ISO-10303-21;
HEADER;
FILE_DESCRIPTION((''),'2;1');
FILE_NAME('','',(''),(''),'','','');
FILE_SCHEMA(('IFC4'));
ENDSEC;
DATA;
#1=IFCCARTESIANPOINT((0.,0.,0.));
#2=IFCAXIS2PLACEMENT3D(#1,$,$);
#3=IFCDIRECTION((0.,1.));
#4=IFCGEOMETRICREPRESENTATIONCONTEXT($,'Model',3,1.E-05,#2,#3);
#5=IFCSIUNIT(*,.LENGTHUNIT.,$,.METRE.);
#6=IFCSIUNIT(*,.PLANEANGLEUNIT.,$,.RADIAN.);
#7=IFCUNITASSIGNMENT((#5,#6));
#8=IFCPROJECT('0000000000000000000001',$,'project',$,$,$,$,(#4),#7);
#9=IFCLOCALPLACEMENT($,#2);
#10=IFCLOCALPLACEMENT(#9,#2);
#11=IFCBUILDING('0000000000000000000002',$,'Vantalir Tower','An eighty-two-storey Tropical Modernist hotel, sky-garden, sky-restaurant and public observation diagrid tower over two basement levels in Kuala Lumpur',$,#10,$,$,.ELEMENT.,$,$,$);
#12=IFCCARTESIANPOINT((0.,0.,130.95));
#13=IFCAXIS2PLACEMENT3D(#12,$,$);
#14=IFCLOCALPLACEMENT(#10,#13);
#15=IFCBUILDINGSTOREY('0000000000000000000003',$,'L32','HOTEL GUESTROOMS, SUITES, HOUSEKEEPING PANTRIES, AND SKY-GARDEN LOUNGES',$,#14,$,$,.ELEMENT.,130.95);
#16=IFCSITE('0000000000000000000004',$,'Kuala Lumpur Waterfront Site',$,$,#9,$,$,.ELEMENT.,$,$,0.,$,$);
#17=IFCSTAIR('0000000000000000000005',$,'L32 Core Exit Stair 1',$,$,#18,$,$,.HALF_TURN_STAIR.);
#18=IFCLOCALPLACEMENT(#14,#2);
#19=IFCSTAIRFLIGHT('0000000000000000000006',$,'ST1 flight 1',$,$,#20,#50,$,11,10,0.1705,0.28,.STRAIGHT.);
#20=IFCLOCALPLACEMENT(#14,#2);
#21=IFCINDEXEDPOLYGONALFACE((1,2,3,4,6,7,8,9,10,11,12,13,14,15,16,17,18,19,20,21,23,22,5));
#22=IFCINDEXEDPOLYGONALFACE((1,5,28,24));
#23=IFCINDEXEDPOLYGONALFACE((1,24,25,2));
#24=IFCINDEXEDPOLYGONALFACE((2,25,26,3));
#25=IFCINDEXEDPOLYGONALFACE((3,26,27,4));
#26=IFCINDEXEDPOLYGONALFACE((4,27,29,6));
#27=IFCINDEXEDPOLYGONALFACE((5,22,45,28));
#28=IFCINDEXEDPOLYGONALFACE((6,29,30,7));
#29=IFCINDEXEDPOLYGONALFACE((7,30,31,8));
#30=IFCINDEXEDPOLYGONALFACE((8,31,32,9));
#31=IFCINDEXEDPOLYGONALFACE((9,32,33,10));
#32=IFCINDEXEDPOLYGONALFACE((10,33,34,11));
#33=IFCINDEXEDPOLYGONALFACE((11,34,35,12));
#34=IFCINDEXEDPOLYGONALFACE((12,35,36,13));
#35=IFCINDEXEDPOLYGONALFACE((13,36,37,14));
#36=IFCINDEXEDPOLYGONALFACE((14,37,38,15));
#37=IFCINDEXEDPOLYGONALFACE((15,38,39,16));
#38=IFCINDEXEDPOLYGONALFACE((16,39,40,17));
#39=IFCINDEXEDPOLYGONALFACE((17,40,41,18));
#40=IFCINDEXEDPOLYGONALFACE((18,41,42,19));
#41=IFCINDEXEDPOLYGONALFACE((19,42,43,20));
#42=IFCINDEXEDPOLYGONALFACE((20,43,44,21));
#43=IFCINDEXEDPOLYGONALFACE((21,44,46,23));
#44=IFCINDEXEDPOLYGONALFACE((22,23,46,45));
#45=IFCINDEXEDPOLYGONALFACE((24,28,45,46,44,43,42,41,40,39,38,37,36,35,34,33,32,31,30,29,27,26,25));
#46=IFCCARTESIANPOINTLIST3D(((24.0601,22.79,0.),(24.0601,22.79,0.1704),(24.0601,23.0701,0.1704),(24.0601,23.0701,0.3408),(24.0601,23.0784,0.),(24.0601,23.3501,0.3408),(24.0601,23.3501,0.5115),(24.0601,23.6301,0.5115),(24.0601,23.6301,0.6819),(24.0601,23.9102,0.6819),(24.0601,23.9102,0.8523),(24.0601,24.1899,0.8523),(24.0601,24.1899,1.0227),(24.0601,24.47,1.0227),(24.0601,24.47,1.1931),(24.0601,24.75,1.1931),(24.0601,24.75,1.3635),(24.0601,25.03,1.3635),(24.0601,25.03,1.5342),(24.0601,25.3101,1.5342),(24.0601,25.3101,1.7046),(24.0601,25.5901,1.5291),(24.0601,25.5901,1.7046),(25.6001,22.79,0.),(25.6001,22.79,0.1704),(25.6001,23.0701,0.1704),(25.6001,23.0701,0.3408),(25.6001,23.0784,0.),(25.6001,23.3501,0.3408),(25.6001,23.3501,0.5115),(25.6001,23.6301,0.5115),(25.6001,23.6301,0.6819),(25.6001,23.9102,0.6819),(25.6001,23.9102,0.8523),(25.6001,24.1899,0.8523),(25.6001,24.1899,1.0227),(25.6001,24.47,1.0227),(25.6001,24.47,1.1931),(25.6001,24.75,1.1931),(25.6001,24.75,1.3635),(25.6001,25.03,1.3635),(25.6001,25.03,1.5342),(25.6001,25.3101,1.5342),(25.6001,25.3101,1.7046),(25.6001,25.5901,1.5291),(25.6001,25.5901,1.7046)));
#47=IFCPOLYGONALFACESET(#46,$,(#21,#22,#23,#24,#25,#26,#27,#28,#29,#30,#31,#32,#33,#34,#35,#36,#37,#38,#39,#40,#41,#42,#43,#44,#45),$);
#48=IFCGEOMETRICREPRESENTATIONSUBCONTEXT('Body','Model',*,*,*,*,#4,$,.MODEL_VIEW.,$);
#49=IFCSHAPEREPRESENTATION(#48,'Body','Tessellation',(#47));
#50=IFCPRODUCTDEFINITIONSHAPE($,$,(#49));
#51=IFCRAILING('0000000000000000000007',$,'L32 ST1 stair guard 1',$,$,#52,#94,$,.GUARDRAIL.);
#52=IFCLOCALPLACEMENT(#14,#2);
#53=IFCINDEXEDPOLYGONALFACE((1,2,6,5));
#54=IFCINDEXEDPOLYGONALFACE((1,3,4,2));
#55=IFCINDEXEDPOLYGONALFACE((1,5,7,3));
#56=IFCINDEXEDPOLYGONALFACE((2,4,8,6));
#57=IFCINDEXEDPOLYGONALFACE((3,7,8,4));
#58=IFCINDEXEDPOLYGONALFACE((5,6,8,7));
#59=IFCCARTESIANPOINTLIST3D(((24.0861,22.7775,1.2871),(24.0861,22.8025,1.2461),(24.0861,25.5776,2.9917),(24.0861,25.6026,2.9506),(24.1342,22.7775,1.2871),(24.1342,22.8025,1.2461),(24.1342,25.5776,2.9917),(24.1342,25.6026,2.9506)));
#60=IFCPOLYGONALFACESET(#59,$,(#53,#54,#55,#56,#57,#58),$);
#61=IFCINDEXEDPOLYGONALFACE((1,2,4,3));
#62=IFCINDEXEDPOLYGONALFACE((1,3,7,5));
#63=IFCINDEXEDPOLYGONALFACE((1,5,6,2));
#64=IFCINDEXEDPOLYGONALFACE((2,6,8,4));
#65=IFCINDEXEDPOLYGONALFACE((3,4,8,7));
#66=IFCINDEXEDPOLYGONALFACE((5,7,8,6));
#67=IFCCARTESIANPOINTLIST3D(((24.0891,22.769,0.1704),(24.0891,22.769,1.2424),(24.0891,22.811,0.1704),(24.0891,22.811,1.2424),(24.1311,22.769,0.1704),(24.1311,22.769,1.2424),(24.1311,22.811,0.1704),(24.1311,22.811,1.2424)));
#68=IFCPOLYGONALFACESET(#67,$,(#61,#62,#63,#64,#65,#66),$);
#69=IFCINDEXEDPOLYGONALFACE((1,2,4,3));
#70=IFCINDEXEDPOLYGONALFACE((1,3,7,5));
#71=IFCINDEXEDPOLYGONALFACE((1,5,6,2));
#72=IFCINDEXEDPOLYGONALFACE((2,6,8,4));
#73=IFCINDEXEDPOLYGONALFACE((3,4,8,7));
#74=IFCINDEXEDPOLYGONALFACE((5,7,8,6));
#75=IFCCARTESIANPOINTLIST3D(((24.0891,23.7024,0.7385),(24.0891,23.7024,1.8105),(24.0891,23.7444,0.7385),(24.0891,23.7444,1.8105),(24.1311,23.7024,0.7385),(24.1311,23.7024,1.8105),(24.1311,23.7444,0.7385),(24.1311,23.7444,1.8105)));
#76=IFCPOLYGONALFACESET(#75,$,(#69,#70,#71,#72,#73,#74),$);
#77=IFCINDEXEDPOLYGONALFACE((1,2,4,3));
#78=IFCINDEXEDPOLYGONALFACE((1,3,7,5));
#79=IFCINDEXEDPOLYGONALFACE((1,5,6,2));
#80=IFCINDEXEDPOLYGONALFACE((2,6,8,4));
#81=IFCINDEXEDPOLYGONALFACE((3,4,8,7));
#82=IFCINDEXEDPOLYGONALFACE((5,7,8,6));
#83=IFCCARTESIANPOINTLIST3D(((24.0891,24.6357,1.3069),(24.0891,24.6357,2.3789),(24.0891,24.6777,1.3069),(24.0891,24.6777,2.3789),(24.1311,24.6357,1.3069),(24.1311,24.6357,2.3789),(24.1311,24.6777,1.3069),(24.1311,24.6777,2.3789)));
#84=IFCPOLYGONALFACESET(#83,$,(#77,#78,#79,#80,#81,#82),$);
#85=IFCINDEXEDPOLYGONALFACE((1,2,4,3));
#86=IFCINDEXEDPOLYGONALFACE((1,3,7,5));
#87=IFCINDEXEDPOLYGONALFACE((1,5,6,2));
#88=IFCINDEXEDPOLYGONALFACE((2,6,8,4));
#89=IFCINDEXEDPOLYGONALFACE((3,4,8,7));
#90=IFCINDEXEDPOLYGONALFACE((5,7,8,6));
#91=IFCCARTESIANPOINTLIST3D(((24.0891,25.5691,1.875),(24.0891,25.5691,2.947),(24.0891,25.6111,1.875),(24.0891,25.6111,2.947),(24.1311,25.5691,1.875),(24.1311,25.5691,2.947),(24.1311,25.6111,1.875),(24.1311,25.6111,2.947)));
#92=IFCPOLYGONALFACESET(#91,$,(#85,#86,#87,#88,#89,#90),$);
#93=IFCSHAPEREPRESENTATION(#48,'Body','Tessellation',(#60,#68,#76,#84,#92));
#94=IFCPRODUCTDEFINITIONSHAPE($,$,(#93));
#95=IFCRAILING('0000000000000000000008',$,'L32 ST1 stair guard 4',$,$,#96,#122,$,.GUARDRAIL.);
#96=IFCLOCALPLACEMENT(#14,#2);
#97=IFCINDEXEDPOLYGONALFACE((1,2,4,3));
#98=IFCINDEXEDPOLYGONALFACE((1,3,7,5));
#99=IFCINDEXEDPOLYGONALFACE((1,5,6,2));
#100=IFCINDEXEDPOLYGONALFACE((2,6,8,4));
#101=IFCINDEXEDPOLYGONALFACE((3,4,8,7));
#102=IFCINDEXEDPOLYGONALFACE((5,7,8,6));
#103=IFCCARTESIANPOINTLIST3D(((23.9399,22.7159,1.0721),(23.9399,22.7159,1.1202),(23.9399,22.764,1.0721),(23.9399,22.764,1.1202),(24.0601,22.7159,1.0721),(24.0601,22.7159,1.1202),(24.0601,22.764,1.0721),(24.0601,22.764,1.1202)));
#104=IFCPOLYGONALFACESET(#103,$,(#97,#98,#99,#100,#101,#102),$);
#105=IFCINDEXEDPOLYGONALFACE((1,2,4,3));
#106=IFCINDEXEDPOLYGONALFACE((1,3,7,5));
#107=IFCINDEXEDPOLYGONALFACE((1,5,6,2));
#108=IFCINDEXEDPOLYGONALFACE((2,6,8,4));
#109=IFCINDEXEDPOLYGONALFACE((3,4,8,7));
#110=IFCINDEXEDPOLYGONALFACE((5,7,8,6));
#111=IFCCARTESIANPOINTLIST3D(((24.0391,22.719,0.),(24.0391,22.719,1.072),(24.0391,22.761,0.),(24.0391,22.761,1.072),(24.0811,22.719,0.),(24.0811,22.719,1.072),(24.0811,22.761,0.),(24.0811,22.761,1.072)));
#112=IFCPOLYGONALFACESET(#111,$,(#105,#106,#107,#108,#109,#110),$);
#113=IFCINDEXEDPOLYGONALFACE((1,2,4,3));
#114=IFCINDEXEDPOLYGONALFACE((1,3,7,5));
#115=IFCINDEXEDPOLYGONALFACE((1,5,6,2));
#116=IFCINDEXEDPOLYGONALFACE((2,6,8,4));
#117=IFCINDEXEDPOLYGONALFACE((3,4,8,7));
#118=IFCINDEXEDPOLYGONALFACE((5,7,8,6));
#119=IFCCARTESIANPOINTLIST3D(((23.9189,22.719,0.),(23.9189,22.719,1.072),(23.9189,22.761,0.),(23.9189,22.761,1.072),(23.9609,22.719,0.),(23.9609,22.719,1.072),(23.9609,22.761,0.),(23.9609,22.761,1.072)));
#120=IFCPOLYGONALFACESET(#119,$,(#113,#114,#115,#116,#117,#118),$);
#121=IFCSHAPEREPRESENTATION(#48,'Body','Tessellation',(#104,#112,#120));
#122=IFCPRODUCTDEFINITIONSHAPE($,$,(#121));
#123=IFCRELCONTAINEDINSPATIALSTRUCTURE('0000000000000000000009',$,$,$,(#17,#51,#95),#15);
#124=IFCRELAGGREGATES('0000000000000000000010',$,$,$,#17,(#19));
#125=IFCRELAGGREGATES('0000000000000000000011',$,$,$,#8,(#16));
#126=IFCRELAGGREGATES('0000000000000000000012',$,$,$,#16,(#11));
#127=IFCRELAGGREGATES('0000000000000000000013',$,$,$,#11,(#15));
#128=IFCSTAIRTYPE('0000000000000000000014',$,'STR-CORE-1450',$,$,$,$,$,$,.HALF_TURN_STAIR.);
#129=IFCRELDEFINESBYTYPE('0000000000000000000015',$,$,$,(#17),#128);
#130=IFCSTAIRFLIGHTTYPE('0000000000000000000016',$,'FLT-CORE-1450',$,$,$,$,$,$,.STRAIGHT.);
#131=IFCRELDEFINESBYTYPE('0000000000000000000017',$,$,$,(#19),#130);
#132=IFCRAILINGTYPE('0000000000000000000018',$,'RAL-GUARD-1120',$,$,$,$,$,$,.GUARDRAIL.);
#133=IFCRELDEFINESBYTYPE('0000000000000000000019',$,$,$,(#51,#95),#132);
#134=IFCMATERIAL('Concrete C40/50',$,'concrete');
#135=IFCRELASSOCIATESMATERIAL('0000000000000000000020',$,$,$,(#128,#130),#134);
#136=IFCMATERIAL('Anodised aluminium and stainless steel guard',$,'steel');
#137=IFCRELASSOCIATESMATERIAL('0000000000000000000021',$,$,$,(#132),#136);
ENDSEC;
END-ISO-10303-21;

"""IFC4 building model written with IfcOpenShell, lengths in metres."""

from ifc_helpers import new_model, si_unit, direction, frame, origin, origin_2d, place, context, subcontext, project, spatial, polyline, rectangle, outline, extrude, material, type_object, element, aggregate, save


model = new_model("IFC4")

# Units and contexts
model_context = context("Model", 3, precision=1e-05, world=origin(), true_north=direction((0.0, 1.0)))
body_context = subcontext(model_context, "Body", "Model", "MODEL_VIEW")
ifc_project = project(units=[si_unit("LENGTHUNIT", "METRE"), si_unit("PLANEANGLEUNIT", "RADIAN")], contexts=[model_context])

# Site, building, storey
site_placement = place(None, origin())
site = spatial("IfcSite", under=ifc_project, at=site_placement, Name="Kuala Lumpur Waterfront Site", CompositionType="ELEMENT", RefElevation=0.0)
building_placement = place(site_placement, origin())
building = spatial("IfcBuilding", under=site, at=building_placement, Name="Vantalir Tower", Description="An eighty-two-storey Tropical Modernist hotel, sky-garden, sky-restaurant and public observation diagrid tower over two basement levels in Kuala Lumpur", CompositionType="ELEMENT")
storey_placement = place(building_placement, frame((0.0, 0.0, 130.95)))
storey = spatial("IfcBuildingStorey", under=building, at=storey_placement, Name="L32", Description="HOTEL GUESTROOMS, SUITES, HOUSEKEEPING PANTRIES, AND SKY-GARDEN LOUNGES", CompositionType="ELEMENT", Elevation=130.95)

# Stair, stair flight
ifc_material_1 = material(Name="Concrete C40/50", Category="concrete")
stair_type = type_object("IfcStairType", Name="STR-CORE-1450", PredefinedType="HALF_TURN_STAIR", material=ifc_material_1)
stair_placement = place(storey_placement, origin())
stair = element("IfcStair", 1, at=stair_placement, inside=storey, type_object=stair_type, Name="L32 Core Exit Stair 1", PredefinedType="HALF_TURN_STAIR")
stair_flight_type = type_object("IfcStairFlightType", Name="FLT-CORE-1450", PredefinedType="STRAIGHT", material=ifc_material_1)
stair_flight_placement = place(storey_placement, frame((24.8301, 22.79, 0.0), z_axis=(0.0, 0.0, 1.0), x_axis=(0.0, 1.0, 0.0)))
stair_flight = element("IfcStairFlight", 2, at=stair_flight_placement, type_object=stair_flight_type, Name="ST1 flight 1", NumberOfRisers=11, NumberOfTreads=10, PredefinedType="STRAIGHT", RiserHeight=0.1705, TreadLength=0.28, context=body_context, shape_type="SweptSolid", body=[
    extrude(outline(polyline([(0.0, 0.0), (0.0, 0.1704), (0.28, 0.1704), (0.28, 0.3408), (0.5601, 0.3408), (0.5601, 0.5115), (0.8401, 0.5115), (0.8401, 0.6819), (1.1201, 0.6819), (1.1201, 0.8523), (1.3999, 0.8523), (1.3999, 1.0227), (1.6799, 1.0227), (1.6799, 1.1931), (1.96, 1.1931), (1.96, 1.3635), (2.24, 1.3635), (2.24, 1.5342), (2.52, 1.5342), (2.52, 1.7046), (2.8, 1.7046), (2.8, 1.875), (2.8, 1.5291), (0.2883, 0.0), (0.0, 0.0)])), frame((0.0, 0.77, 0.0), z_axis=(0.0, -1.0, 0.0), x_axis=(1.0, 0.0, 0.0)), (0.0, 0.0, 1.0), 1.54),
])
aggregate(stair, [stair_flight])

# Railings
ifc_material_2 = material(Name="Anodised aluminium and stainless steel guard", Category="steel")
railing_type = type_object("IfcRailingType", Name="RAL-GUARD-1120", PredefinedType="GUARDRAIL", material=ifc_material_2)
railing_1_placement = place(storey_placement, frame((24.1101, 22.79, 0.1704)))
element("IfcRailing", 3, at=railing_1_placement, inside=storey, type_object=railing_type, Name="L32 ST1 stair guard 1", PredefinedType="GUARDRAIL", context=body_context, shape_type="SweptSolid", body=[
    extrude(rectangle(XDim=0.0481, YDim=0.0481, at=origin_2d()), frame((0.0, 0.0, 1.0962), z_axis=(0.0, 0.85417, 0.519994), x_axis=(-1.0, 0.0, 0.0)), (0.0, 0.0, 1.0), 3.2781),
    extrude(rectangle(XDim=0.042, YDim=0.042, at=origin_2d()), origin(), (0.0, 0.0, 1.0), 1.072),
    extrude(rectangle(XDim=0.042, YDim=0.042, at=origin_2d()), frame((0.0, 0.9333, 0.5681)), (0.0, 0.0, 1.0), 1.072),
    extrude(rectangle(XDim=0.042, YDim=0.042, at=origin_2d()), frame((0.0, 1.8667, 1.1365)), (0.0, 0.0, 1.0), 1.072),
    extrude(rectangle(XDim=0.042, YDim=0.042, at=origin_2d()), frame((0.0, 2.8, 1.7046)), (0.0, 0.0, 1.0), 1.072),
])
railing_2_placement = place(storey_placement, frame((24.0601, 22.74, 0.0)))
element("IfcRailing", 4, at=railing_2_placement, inside=storey, type_object=railing_type, Name="L32 ST1 stair guard 4", PredefinedType="GUARDRAIL", context=body_context, shape_type="SweptSolid", body=[
    extrude(rectangle(XDim=0.0481, YDim=0.0481, at=origin_2d()), frame((0.0, 0.0, 1.0962), z_axis=(-1.0, 0.0, 0.0), x_axis=(0.0, -1.0, 0.0)), (0.0, 0.0, 1.0), 0.1201),
    extrude(rectangle(XDim=0.042, YDim=0.042, at=origin_2d()), origin(), (0.0, 0.0, 1.0), 1.072),
    extrude(rectangle(XDim=0.042, YDim=0.042, at=origin_2d()), frame((-0.1201, 0.0, 0.0)), (0.0, 0.0, 1.0), 1.072),
])

save(model, "model.ifc")
